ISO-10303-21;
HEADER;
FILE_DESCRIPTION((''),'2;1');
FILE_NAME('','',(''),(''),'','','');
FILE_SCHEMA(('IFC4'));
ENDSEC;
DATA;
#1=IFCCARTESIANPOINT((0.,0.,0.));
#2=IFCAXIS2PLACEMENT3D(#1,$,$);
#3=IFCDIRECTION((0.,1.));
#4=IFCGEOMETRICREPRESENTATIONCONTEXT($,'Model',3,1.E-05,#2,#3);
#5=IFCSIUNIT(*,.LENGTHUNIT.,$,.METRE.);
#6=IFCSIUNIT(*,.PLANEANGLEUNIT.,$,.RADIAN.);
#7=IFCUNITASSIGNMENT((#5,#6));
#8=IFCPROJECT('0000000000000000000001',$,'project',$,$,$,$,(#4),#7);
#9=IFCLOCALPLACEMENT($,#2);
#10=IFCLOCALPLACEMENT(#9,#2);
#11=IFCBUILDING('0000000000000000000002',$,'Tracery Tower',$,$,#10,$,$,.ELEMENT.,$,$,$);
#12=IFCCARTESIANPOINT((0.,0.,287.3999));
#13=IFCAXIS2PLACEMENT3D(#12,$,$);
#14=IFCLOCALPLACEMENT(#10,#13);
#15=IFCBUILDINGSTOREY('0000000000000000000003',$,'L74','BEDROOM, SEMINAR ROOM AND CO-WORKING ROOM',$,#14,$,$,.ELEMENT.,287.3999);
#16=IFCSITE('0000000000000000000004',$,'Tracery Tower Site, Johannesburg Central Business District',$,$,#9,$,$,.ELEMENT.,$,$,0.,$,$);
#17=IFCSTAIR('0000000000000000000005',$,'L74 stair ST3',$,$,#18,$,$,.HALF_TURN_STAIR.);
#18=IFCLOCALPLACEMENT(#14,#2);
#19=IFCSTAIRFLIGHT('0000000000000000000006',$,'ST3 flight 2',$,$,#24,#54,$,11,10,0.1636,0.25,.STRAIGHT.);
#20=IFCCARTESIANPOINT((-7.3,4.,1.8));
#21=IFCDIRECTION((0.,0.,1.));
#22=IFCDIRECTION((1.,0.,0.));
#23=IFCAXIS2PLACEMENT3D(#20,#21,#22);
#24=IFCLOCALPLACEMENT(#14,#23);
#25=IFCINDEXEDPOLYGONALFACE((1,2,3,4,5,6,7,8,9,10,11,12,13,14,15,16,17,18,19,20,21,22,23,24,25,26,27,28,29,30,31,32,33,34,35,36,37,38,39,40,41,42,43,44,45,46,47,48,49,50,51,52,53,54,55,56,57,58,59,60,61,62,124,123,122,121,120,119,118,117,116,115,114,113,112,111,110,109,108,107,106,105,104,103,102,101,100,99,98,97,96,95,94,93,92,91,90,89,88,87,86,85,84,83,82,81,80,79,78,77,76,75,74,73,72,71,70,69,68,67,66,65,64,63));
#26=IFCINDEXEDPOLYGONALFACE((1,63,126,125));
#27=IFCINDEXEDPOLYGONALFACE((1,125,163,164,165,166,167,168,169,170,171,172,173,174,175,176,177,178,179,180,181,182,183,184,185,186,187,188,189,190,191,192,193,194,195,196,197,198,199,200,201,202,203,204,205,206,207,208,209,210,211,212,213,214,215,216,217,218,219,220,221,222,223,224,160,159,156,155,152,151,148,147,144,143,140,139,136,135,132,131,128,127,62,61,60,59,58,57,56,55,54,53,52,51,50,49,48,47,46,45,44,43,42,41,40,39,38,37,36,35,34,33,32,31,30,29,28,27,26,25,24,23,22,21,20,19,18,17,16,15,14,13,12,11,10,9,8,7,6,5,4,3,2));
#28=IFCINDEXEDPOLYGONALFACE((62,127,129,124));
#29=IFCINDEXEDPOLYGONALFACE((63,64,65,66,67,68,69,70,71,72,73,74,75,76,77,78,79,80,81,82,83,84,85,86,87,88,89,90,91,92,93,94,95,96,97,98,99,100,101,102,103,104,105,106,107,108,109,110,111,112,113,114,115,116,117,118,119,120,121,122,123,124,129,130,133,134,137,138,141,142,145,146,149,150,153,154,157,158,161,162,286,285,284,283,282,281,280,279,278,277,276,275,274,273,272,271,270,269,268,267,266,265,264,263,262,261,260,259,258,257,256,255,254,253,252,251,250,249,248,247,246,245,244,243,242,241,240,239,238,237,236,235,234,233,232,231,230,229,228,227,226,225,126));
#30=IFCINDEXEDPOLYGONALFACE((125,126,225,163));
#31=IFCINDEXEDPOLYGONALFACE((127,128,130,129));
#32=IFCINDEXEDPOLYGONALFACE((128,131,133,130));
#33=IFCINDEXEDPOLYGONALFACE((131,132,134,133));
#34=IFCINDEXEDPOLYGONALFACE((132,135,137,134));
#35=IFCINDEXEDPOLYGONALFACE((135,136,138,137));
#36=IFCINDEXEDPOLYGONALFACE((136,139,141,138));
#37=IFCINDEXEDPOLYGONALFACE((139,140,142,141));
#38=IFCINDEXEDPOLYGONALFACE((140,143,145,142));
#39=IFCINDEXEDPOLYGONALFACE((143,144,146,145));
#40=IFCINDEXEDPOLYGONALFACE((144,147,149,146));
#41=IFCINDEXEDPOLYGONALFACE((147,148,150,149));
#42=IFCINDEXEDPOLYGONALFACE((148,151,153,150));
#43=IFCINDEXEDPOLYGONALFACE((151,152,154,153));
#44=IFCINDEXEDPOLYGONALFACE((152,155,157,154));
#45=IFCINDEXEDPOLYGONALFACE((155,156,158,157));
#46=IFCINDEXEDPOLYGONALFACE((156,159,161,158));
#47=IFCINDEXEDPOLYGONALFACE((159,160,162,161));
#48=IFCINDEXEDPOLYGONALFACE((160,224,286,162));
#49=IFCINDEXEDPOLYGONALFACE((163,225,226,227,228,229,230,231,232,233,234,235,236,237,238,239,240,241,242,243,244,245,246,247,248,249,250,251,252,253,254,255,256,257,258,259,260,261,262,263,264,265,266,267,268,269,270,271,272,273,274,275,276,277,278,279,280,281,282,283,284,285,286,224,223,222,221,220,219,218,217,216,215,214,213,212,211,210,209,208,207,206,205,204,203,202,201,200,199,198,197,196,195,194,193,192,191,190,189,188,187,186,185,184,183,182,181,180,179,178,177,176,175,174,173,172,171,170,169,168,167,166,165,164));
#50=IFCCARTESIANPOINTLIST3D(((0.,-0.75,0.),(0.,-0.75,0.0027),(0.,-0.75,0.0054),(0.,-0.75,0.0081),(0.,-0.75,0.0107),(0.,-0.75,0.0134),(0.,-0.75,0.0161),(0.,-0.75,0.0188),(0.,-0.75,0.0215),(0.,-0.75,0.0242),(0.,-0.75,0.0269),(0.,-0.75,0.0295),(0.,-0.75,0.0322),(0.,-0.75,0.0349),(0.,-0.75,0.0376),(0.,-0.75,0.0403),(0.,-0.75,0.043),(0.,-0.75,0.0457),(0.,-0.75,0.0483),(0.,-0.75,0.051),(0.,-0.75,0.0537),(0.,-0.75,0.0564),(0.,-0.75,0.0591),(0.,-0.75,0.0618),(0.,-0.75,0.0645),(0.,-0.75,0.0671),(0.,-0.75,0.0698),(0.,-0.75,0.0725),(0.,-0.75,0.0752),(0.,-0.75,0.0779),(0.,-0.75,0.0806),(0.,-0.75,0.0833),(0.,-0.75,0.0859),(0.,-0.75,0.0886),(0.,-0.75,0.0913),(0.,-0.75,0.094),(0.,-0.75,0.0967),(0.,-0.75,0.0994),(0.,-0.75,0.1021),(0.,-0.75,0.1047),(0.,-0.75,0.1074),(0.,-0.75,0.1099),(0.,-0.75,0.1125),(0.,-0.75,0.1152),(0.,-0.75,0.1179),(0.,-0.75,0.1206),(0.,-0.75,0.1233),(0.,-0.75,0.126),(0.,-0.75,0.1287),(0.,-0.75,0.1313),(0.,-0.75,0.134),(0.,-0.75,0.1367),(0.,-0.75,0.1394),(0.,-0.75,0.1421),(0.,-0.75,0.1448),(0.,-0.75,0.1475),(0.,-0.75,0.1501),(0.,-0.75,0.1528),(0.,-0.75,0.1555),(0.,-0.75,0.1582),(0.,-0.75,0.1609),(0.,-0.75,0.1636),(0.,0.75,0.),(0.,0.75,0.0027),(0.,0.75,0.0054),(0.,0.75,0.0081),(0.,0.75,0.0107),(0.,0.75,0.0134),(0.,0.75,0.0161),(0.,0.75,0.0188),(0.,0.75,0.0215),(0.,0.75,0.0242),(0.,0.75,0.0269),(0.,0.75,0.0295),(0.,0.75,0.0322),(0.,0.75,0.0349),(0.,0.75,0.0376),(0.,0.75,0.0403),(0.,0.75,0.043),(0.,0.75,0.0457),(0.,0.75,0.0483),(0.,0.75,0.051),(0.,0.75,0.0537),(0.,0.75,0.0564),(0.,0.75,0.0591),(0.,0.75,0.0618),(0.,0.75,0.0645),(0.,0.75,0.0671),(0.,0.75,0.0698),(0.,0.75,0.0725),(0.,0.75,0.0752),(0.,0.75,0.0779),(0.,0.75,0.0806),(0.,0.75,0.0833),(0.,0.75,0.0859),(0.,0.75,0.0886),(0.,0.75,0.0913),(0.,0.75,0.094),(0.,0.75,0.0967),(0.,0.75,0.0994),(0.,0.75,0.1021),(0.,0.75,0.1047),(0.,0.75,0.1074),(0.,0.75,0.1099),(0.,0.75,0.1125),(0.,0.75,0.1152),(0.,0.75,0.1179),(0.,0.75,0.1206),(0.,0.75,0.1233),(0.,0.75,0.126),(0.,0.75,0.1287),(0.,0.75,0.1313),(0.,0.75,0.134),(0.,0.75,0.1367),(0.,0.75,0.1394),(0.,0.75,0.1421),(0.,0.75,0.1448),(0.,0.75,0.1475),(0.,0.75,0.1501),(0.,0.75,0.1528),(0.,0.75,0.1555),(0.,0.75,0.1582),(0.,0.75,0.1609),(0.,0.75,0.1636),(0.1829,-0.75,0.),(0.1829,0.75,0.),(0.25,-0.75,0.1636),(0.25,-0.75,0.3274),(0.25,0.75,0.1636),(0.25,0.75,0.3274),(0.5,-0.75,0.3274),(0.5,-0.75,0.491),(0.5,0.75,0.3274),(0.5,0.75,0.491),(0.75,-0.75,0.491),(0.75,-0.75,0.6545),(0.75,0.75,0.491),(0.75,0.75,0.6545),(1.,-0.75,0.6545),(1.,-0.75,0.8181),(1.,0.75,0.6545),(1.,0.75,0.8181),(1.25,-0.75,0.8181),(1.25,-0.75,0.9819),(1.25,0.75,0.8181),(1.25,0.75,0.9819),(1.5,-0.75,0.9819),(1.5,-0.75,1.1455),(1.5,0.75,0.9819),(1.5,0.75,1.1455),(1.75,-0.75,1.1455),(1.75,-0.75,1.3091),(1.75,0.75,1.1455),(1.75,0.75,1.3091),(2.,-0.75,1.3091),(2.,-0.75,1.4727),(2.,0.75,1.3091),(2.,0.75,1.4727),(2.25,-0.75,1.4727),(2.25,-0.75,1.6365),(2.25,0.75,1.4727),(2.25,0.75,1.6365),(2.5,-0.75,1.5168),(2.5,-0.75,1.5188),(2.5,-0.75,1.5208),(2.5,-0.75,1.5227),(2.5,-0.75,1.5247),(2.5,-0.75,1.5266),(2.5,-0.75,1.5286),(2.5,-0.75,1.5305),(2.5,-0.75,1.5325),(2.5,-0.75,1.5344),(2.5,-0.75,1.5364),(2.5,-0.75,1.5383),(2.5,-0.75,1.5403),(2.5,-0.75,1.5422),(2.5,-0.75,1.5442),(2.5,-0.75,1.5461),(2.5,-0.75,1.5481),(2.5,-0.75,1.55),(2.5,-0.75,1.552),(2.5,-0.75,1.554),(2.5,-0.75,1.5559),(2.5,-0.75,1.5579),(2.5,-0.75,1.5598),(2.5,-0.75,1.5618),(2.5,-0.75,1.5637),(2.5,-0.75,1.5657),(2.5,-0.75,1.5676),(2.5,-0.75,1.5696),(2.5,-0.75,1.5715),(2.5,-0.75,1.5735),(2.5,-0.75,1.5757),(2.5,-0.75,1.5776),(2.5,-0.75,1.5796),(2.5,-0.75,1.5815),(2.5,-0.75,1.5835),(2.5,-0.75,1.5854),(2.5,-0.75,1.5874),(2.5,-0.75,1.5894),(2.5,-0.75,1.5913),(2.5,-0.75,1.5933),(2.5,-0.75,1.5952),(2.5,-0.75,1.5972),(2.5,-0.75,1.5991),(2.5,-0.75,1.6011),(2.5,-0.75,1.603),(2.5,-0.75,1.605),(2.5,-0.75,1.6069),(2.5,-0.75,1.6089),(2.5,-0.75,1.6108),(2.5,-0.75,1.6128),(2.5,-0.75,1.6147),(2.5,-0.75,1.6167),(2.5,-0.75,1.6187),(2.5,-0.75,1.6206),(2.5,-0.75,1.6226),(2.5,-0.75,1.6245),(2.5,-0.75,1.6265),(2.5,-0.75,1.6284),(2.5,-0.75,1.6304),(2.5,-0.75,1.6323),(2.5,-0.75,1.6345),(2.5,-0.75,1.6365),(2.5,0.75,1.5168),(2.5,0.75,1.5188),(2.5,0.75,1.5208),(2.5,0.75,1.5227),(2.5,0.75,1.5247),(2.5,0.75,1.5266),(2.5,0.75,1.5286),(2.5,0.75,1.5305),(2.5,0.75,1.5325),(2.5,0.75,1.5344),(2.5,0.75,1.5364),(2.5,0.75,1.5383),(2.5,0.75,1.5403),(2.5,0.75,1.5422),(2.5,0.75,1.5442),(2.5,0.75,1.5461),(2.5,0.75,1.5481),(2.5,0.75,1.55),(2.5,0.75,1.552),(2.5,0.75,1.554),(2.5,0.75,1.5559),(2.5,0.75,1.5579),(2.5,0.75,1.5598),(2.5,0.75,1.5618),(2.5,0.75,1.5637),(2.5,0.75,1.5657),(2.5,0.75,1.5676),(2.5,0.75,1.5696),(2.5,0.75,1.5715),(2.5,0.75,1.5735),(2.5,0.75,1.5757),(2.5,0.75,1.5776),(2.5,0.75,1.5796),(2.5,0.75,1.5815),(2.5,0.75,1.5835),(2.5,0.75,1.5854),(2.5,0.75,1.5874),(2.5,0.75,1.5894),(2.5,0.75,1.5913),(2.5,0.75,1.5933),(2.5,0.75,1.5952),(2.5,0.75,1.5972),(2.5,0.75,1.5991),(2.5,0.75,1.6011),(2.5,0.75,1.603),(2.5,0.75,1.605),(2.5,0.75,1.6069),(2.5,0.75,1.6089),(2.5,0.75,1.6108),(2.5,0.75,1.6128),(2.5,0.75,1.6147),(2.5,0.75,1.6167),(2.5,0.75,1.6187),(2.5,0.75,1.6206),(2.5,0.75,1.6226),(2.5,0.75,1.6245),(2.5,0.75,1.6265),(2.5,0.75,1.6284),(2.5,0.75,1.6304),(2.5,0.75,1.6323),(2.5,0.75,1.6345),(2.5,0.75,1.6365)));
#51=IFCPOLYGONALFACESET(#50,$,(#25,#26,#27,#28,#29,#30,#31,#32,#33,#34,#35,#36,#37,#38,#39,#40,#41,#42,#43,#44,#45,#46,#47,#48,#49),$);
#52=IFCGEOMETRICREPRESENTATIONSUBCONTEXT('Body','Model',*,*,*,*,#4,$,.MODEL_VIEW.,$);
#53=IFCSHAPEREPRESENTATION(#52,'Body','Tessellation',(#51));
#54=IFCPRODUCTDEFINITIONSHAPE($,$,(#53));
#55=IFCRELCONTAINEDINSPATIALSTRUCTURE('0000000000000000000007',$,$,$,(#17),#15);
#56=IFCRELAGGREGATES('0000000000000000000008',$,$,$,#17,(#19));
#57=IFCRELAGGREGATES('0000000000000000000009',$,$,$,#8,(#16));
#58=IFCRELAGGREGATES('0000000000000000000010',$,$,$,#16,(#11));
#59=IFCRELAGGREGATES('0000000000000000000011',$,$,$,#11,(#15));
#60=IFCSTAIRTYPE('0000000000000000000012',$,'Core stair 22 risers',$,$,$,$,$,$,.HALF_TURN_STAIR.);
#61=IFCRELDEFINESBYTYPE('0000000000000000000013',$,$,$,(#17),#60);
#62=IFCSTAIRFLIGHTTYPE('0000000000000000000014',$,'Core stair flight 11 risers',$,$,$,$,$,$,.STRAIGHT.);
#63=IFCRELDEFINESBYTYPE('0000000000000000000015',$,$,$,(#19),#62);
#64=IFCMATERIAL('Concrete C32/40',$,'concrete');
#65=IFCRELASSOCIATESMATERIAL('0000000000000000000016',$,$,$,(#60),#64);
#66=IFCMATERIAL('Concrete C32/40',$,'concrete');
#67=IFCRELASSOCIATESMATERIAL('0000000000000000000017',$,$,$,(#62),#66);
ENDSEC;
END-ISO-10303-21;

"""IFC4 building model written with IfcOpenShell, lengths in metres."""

from ifc_helpers import new_model, si_unit, direction, frame, origin, place, context, subcontext, project, spatial, polyline, outline, extrude, material, type_object, element, aggregate, save


model = new_model("IFC4")

# Units and contexts
model_context = context("Model", 3, precision=1e-05, world=origin(), true_north=direction((0.0, 1.0)))
body_context = subcontext(model_context, "Body", "Model", "MODEL_VIEW")
ifc_project = project(units=[si_unit("LENGTHUNIT", "METRE"), si_unit("PLANEANGLEUNIT", "RADIAN")], contexts=[model_context])

# Site, building, storey
site_placement = place(None, origin())
site = spatial("IfcSite", under=ifc_project, at=site_placement, Name="Tracery Tower Site, Johannesburg Central Business District", CompositionType="ELEMENT", RefElevation=0.0)
building_placement = place(site_placement, origin())
building = spatial("IfcBuilding", under=site, at=building_placement, Name="Tracery Tower", CompositionType="ELEMENT")
storey_placement = place(building_placement, frame((0.0, 0.0, 287.3999)))
storey = spatial("IfcBuildingStorey", under=building, at=storey_placement, Name="L74", Description="BEDROOM, SEMINAR ROOM AND CO-WORKING ROOM", CompositionType="ELEMENT", Elevation=287.3999)

# Stair, stair flight
ifc_material_1 = material(Name="Concrete C32/40", Category="concrete")
stair_type = type_object("IfcStairType", Name="Core stair 22 risers", PredefinedType="HALF_TURN_STAIR", material=ifc_material_1)
stair_placement = place(storey_placement, origin())
stair = element("IfcStair", 1, at=stair_placement, inside=storey, type_object=stair_type, Name="L74 stair ST3", PredefinedType="HALF_TURN_STAIR")
ifc_material_2 = material(Name="Concrete C32/40", Category="concrete")
stair_flight_type = type_object("IfcStairFlightType", Name="Core stair flight 11 risers", PredefinedType="STRAIGHT", material=ifc_material_2)
stair_flight_1_placement = place(storey_placement, frame((-7.3, 4.0, 1.8), z_axis=(0.0, 0.0, 1.0), x_axis=(1.0, 0.0, 0.0)))
stair_flight_1 = element("IfcStairFlight", 2, at=stair_flight_1_placement, type_object=stair_flight_type, Name="ST3 flight 2", NumberOfRisers=11, NumberOfTreads=10, PredefinedType="STRAIGHT", RiserHeight=0.1636, TreadLength=0.25, context=body_context, shape_type="SweptSolid", body=[
    extrude(outline(polyline([(0.0, 0.0), (0.0, 0.0027), (0.0, 0.0054), (0.0, 0.0081), (0.0, 0.0107), (0.0, 0.0134), (0.0, 0.0161), (0.0, 0.0188), (0.0, 0.0215), (0.0, 0.0242), (0.0, 0.0269), (0.0, 0.0295), (0.0, 0.0322), (0.0, 0.0349), (0.0, 0.0376), (0.0, 0.0403), (0.0, 0.043), (0.0, 0.0457), (0.0, 0.0483), (0.0, 0.051), (0.0, 0.0537), (0.0, 0.0564), (0.0, 0.0591), (0.0, 0.0618), (0.0, 0.0645), (0.0, 0.0671), (0.0, 0.0698), (0.0, 0.0725), (0.0, 0.0752), (0.0, 0.0779), (0.0, 0.0806), (0.0, 0.0833), (0.0, 0.0859), (0.0, 0.0886), (0.0, 0.0913), (0.0, 0.094), (0.0, 0.0967), (0.0, 0.0994), (0.0, 0.1021), (0.0, 0.1047), (0.0, 0.1074), (0.0, 0.1099), (0.0, 0.1125), (0.0, 0.1152), (0.0, 0.1179), (0.0, 0.1206), (0.0, 0.1233), (0.0, 0.126), (0.0, 0.1287), (0.0, 0.1313), (0.0, 0.134), (0.0, 0.1367), (0.0, 0.1394), (0.0, 0.1421), (0.0, 0.1448), (0.0, 0.1475), (0.0, 0.1501), (0.0, 0.1528), (0.0, 0.1555), (0.0, 0.1582), (0.0, 0.1609), (0.0, 0.1636), (0.25, 0.1636), (0.25, 0.3274), (0.5, 0.3274), (0.5, 0.491), (0.75, 0.491), (0.75, 0.6545), (1.0, 0.6545), (1.0, 0.8181), (1.25, 0.8181), (1.25, 0.9819), (1.5, 0.9819), (1.5, 1.1455), (1.75, 1.1455), (1.75, 1.3091), (2.0, 1.3091), (2.0, 1.4727), (2.25, 1.4727), (2.25, 1.6365), (2.5, 1.6365), (2.5, 1.6345), (2.5, 1.6323), (2.5, 1.6304), (2.5, 1.6284), (2.5, 1.6265), (2.5, 1.6245), (2.5, 1.6226), (2.5, 1.6206), (2.5, 1.6187), (2.5, 1.6167), (2.5, 1.6147), (2.5, 1.6128), (2.5, 1.6108), (2.5, 1.6089), (2.5, 1.6069), (2.5, 1.605), (2.5, 1.603), (2.5, 1.6011), (2.5, 1.5991), (2.5, 1.5972), (2.5, 1.5952), (2.5, 1.5933), (2.5, 1.5913), (2.5, 1.5894), (2.5, 1.5874), (2.5, 1.5854), (2.5, 1.5835), (2.5, 1.5815), (2.5, 1.5796), (2.5, 1.5776), (2.5, 1.5757), (2.5, 1.5735), (2.5, 1.5715), (2.5, 1.5696), (2.5, 1.5676), (2.5, 1.5657), (2.5, 1.5637), (2.5, 1.5618), (2.5, 1.5598), (2.5, 1.5579), (2.5, 1.5559), (2.5, 1.554), (2.5, 1.552), (2.5, 1.55), (2.5, 1.5481), (2.5, 1.5461), (2.5, 1.5442), (2.5, 1.5422), (2.5, 1.5403), (2.5, 1.5383), (2.5, 1.5364), (2.5, 1.5344), (2.5, 1.5325), (2.5, 1.5305), (2.5, 1.5286), (2.5, 1.5266), (2.5, 1.5247), (2.5, 1.5227), (2.5, 1.5208), (2.5, 1.5188), (2.5, 1.5168), (0.1829, 0.0), (0.0, 0.0)])), frame((0.0, 0.75, 0.0), z_axis=(0.0, -1.0, 0.0), x_axis=(1.0, 0.0, 0.0)), (0.0, 0.0, 1.0), 1.5),
])
aggregate(stair, [stair_flight_1])

save(model, "model.ifc")
